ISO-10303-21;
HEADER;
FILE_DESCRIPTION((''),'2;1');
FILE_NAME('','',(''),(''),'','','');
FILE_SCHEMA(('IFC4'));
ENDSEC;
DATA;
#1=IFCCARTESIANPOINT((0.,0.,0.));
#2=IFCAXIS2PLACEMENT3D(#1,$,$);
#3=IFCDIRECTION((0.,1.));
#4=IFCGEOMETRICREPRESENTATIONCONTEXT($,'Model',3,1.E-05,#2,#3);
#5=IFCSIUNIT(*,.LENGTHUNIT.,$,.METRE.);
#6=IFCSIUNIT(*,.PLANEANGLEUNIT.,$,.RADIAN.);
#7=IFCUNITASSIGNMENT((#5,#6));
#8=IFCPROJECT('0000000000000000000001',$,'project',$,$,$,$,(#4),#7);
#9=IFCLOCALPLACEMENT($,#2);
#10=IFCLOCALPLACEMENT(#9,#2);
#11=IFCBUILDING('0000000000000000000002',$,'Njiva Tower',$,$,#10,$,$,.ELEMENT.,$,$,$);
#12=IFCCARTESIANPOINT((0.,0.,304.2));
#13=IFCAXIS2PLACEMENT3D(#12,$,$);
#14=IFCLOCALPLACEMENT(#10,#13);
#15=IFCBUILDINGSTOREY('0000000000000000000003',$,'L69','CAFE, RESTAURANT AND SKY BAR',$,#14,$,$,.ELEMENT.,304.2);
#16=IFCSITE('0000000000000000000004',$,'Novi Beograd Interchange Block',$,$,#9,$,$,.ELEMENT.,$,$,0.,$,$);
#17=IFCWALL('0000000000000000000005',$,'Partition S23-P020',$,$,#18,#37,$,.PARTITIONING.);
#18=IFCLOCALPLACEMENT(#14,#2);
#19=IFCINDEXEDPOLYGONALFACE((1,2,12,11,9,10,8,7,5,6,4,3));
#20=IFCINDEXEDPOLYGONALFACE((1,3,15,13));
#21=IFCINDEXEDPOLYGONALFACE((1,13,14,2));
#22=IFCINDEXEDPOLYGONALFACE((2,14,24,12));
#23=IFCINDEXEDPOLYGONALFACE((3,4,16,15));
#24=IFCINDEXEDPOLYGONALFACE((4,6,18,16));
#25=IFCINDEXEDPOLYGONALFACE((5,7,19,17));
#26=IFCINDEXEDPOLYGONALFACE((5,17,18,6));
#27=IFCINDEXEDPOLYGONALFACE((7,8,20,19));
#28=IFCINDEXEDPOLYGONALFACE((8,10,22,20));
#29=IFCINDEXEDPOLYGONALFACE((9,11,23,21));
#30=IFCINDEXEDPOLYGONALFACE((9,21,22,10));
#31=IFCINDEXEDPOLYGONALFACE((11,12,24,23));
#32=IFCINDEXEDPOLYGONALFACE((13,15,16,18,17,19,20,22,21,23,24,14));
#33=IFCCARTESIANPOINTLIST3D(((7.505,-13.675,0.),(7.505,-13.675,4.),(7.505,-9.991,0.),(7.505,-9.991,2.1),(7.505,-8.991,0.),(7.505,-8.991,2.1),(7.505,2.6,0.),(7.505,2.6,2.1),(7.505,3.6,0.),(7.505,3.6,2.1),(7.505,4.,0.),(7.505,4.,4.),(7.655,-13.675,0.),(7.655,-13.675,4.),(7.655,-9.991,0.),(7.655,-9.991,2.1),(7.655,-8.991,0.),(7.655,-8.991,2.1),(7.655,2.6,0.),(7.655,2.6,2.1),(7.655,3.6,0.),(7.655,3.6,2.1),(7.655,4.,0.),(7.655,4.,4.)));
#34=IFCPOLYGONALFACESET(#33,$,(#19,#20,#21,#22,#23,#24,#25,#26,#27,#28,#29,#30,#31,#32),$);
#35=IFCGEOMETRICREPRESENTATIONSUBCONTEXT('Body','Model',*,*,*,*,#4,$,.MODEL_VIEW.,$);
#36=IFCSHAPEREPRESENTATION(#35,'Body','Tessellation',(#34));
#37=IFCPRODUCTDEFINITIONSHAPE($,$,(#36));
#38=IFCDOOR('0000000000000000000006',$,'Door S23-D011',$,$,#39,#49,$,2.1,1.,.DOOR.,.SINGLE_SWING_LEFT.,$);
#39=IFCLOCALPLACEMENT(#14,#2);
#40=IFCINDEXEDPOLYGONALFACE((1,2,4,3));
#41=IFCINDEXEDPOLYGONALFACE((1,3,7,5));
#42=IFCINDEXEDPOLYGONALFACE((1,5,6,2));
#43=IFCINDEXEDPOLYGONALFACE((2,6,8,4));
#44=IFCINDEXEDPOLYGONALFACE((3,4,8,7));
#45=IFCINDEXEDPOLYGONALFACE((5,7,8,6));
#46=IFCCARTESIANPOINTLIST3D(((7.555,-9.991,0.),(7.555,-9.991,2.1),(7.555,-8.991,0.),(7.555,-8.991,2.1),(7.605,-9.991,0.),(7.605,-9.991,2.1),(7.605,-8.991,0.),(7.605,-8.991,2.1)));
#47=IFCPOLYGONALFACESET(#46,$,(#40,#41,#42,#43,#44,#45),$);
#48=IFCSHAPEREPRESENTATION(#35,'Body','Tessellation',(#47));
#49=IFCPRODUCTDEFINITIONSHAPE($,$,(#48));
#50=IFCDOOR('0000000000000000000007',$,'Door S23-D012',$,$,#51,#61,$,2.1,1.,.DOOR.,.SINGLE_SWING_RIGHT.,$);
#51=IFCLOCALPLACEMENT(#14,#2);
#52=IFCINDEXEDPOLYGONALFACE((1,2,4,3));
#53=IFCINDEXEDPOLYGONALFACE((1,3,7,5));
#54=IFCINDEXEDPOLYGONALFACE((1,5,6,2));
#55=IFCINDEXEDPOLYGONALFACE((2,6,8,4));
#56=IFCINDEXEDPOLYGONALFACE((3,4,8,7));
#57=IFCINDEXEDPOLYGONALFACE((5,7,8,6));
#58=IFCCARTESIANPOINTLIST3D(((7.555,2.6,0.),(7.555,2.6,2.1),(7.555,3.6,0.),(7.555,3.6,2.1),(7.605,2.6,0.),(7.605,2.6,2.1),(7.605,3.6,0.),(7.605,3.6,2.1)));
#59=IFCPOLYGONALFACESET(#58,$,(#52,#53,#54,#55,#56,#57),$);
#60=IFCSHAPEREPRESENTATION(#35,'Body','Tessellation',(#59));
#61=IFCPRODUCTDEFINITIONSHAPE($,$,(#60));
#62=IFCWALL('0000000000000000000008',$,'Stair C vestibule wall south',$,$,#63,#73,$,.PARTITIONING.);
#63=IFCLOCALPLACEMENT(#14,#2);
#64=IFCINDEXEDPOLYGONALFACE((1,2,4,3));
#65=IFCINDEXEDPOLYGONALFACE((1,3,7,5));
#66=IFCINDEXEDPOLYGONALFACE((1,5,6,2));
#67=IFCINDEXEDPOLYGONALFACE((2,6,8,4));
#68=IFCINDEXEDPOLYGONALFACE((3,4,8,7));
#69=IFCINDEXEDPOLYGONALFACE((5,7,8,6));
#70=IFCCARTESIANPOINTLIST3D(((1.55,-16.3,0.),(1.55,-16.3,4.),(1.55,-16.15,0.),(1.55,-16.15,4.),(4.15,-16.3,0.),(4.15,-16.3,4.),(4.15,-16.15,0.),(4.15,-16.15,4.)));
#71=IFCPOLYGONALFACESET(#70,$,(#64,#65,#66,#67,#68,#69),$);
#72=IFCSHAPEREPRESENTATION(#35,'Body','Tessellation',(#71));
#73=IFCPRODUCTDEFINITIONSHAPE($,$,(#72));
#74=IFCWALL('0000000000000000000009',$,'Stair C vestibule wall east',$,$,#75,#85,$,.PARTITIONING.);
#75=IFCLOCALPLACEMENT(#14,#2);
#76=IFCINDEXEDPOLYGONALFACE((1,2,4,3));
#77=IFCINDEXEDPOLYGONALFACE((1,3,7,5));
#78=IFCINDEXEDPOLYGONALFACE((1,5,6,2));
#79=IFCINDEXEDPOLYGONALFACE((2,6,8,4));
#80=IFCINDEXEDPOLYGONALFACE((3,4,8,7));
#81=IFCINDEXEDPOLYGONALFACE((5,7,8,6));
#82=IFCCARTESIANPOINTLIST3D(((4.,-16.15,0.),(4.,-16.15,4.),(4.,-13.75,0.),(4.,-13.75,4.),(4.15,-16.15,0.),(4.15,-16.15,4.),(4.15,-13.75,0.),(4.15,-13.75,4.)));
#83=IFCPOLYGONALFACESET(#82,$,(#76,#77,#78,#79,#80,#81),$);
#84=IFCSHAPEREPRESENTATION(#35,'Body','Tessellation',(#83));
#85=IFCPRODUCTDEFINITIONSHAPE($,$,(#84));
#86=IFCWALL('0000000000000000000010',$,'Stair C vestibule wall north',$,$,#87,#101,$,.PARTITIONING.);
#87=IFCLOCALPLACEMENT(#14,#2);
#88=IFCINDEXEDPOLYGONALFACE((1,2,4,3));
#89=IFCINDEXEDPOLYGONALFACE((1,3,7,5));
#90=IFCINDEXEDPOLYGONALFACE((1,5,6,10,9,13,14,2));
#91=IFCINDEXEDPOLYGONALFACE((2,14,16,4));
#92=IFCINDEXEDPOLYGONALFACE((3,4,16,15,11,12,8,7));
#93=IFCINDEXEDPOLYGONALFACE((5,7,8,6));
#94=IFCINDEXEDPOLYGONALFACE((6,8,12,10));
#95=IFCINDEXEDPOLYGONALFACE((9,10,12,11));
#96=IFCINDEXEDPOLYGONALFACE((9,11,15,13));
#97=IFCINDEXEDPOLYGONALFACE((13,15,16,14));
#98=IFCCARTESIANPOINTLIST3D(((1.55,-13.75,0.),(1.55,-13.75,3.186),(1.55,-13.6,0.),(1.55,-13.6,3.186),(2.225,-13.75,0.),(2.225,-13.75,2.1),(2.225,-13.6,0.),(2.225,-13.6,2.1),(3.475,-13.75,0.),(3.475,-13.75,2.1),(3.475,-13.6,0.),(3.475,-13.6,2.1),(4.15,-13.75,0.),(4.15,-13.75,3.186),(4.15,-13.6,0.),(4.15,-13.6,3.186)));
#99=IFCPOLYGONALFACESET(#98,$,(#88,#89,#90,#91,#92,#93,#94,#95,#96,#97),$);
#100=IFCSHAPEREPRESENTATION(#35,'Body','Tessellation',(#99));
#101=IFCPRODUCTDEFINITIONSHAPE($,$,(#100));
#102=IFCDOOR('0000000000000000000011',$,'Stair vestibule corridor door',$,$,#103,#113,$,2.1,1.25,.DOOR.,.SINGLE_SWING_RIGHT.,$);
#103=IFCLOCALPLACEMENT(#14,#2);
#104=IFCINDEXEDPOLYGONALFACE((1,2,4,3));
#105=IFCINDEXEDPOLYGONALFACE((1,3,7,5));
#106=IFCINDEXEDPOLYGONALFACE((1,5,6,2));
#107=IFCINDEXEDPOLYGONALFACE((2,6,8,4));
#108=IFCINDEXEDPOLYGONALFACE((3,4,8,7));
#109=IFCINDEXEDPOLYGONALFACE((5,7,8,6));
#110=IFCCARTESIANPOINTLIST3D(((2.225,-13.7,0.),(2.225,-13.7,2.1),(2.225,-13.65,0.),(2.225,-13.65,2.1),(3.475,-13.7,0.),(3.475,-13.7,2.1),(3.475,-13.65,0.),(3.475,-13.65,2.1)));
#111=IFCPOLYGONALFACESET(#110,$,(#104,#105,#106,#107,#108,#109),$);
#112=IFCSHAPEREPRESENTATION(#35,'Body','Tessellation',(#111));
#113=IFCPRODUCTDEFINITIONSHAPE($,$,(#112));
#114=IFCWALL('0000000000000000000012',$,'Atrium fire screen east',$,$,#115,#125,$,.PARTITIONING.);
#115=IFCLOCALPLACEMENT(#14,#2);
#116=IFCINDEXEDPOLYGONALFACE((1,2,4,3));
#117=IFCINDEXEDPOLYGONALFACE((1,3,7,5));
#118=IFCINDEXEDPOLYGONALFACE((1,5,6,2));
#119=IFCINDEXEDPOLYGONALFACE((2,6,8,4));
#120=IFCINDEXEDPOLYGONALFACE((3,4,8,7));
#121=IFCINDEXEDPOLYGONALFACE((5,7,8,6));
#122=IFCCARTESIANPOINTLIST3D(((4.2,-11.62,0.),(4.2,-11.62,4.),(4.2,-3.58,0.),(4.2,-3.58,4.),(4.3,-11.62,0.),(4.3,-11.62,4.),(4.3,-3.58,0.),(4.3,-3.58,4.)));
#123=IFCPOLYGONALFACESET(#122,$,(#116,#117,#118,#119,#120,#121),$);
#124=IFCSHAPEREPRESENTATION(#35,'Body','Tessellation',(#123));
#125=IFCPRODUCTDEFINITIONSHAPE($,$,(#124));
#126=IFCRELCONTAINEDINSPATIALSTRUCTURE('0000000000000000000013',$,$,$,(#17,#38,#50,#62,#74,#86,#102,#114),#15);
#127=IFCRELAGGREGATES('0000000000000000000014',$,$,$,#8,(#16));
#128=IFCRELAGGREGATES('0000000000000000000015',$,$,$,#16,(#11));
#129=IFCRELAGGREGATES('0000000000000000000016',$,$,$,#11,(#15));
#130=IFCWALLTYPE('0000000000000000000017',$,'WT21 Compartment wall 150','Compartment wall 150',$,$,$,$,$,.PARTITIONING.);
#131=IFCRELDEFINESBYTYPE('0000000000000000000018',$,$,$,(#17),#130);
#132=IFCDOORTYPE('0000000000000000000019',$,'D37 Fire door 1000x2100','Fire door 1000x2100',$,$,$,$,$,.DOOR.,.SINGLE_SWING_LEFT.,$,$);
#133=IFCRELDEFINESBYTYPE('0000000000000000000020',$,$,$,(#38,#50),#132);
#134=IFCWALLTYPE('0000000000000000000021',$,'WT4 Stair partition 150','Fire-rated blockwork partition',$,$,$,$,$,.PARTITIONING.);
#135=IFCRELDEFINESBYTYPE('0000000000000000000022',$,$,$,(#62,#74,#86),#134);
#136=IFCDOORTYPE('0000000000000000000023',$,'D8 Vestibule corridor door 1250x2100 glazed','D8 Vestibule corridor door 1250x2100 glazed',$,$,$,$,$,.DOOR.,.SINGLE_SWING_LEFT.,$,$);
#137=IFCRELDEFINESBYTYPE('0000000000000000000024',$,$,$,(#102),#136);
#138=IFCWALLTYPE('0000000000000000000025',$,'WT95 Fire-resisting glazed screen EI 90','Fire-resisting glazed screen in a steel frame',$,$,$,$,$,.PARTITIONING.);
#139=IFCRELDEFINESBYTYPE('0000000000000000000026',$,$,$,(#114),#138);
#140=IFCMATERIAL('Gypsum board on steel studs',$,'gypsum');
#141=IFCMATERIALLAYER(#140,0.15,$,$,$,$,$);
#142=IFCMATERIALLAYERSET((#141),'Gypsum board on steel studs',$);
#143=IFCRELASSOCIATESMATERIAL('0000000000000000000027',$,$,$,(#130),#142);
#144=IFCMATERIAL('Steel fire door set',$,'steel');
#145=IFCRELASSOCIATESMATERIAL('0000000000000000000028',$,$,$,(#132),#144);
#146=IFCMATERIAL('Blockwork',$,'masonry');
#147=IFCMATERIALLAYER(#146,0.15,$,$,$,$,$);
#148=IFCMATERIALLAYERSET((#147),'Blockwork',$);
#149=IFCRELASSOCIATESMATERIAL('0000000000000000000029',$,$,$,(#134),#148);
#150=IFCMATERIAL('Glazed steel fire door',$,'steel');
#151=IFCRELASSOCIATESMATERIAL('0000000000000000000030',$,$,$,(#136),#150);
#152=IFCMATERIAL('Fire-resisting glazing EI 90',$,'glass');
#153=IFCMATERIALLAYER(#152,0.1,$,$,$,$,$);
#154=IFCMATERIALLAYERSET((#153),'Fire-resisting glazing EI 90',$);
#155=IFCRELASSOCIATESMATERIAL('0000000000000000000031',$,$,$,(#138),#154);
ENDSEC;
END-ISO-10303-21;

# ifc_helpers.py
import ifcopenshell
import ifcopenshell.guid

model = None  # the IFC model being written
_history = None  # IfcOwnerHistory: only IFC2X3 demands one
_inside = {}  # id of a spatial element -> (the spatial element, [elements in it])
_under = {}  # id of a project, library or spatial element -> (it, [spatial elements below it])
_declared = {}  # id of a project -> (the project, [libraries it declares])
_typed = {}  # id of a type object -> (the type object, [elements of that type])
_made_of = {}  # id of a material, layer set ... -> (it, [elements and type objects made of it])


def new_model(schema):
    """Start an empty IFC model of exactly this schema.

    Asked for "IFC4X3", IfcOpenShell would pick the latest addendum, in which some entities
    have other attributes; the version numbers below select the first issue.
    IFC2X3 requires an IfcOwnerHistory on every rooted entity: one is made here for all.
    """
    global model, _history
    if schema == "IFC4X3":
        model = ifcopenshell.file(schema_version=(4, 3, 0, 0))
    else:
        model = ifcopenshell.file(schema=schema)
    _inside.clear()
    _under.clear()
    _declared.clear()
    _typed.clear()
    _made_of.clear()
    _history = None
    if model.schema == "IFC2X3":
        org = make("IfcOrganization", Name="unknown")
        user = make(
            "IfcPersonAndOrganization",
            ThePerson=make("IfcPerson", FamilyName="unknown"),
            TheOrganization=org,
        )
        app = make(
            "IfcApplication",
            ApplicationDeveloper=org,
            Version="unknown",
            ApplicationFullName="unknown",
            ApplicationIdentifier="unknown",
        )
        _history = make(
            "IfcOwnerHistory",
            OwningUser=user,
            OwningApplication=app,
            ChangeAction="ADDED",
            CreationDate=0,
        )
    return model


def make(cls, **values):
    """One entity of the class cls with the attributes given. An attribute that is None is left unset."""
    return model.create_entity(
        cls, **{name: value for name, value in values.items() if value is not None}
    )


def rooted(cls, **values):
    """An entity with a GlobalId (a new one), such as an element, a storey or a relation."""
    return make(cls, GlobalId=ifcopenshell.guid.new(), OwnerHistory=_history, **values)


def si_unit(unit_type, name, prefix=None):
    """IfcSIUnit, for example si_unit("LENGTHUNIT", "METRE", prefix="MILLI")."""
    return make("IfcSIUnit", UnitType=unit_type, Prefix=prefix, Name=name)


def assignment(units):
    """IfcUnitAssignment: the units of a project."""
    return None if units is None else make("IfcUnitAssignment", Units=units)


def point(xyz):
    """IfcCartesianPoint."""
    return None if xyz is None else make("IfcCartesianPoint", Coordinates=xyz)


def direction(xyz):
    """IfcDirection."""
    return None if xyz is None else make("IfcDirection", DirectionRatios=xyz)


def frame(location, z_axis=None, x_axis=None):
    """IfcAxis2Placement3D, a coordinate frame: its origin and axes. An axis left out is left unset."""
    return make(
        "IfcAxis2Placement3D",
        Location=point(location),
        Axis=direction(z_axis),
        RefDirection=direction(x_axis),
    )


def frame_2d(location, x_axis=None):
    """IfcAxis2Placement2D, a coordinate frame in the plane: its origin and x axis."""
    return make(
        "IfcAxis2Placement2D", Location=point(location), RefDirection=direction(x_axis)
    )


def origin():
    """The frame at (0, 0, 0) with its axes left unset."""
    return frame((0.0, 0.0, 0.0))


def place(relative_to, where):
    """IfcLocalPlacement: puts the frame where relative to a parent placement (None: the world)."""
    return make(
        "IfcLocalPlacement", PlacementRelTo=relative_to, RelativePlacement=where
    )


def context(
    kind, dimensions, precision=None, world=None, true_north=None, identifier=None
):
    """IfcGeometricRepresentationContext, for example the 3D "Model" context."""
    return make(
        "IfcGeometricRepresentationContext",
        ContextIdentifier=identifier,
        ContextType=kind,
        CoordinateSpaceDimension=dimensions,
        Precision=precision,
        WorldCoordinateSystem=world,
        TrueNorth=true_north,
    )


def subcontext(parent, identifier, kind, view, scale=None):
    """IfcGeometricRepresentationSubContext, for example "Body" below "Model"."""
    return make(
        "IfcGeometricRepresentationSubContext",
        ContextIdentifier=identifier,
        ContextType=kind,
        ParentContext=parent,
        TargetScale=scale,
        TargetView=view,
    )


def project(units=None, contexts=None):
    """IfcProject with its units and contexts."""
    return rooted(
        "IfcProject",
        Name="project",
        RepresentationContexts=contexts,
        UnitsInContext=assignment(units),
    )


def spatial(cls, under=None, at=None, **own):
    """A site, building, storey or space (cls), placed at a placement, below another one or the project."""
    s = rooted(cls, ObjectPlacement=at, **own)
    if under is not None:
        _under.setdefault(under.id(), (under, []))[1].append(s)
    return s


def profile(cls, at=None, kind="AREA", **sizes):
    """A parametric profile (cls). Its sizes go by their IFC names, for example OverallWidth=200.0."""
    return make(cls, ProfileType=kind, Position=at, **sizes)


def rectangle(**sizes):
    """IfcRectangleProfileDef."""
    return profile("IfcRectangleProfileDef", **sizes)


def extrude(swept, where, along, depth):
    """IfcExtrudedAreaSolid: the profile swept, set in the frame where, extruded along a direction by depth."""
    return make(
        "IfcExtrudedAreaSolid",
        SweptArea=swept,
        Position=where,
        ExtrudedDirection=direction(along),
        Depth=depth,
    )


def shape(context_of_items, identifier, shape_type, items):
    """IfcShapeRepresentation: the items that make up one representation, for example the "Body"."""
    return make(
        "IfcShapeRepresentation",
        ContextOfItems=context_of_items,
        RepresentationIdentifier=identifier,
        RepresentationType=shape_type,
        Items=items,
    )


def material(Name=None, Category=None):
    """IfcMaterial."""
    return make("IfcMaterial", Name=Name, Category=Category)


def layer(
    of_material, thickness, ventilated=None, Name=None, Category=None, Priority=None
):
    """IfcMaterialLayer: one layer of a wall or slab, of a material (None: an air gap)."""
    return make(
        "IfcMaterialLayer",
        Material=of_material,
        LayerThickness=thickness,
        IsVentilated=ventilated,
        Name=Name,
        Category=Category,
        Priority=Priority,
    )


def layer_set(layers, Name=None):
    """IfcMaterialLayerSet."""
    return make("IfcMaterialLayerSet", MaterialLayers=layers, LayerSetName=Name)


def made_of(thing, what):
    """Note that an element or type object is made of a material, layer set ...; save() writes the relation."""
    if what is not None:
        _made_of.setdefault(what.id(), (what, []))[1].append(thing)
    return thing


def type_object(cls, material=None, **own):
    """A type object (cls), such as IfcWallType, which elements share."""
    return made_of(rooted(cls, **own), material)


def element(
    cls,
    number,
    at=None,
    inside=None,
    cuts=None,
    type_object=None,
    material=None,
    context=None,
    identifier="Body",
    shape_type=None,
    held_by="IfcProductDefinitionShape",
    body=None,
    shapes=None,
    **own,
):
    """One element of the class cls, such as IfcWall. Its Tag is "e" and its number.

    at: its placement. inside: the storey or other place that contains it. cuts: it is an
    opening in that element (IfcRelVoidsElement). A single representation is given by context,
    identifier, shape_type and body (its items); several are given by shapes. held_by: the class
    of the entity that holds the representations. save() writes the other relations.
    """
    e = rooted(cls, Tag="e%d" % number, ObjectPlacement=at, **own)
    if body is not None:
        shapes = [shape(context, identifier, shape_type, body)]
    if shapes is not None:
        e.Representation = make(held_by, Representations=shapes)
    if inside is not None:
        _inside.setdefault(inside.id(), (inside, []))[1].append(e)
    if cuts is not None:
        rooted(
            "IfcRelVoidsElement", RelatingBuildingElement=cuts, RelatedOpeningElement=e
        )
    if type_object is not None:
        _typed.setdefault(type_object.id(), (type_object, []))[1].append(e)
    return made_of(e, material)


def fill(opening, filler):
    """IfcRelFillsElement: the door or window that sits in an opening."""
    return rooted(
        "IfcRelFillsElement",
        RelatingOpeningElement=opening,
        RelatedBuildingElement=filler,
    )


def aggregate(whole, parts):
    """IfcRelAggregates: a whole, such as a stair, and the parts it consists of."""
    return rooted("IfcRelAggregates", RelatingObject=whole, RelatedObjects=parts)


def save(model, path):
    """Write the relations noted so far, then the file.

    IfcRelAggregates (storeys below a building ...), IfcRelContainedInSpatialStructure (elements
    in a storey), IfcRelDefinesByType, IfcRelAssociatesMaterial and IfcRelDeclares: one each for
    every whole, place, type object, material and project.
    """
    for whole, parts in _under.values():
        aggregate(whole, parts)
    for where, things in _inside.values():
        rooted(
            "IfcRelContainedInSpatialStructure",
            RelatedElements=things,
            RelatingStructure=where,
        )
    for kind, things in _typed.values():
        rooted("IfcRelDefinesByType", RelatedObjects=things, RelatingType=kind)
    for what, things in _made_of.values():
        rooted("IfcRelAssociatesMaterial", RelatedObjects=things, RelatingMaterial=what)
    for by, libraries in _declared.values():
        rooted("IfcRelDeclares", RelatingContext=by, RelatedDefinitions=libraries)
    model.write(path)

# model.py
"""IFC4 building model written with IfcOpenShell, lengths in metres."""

from ifc_helpers import new_model, si_unit, direction, frame, frame_2d, origin, place, context, subcontext, project, spatial, rectangle, extrude, material, layer, layer_set, type_object, element, fill, save


model = new_model("IFC4")

# Units and contexts
model_context = context("Model", 3, precision=1e-05, world=origin(), true_north=direction((0.0, 1.0)))
body_context = subcontext(model_context, "Body", "Model", "MODEL_VIEW")
ifc_project = project(units=[si_unit("LENGTHUNIT", "METRE"), si_unit("PLANEANGLEUNIT", "RADIAN")], contexts=[model_context])

# Site, building, storey
site_placement = place(None, origin())
site = spatial("IfcSite", under=ifc_project, at=site_placement, Name="Novi Beograd Interchange Block", CompositionType="ELEMENT", RefElevation=0.0)
building_placement = place(site_placement, origin())
building = spatial("IfcBuilding", under=site, at=building_placement, Name="Njiva Tower", CompositionType="ELEMENT")
storey_placement = place(building_placement, frame((0.0, 0.0, 304.2)))
storey = spatial("IfcBuildingStorey", under=building, at=storey_placement, Name="L69", Description="CAFE, RESTAURANT AND SKY BAR", CompositionType="ELEMENT", Elevation=304.2)

# Shared definitions
ifc_material_1 = material(Name="Gypsum board on steel studs", Category="gypsum")
ifc_layer_1 = layer(ifc_material_1, 0.15)
ifc_layer_set_1 = layer_set([ifc_layer_1], Name="Gypsum board on steel studs")
wall_type_1 = type_object("IfcWallType", Name="WT21 Compartment wall 150", Description="Compartment wall 150", PredefinedType="PARTITIONING", material=ifc_layer_set_1)

# Wall, openings, doors
wall_1_placement = place(storey_placement, frame((7.58, -13.675, 0.0), z_axis=(0.0, 0.0, 1.0), x_axis=(0.0, 1.0, 0.0)))
wall_1 = element("IfcWall", 1, at=wall_1_placement, inside=storey, type_object=wall_type_1, Name="Partition S23-P020", PredefinedType="PARTITIONING", context=body_context, shape_type="SweptSolid", body=[
    extrude(rectangle(XDim=17.675, YDim=0.15, at=frame_2d((8.8375, 0.0))), origin(), (0.0, 0.0, 1.0), 4.0),
])
opening_1_placement = place(wall_1_placement, frame((3.684, 0.0, 0.0)))
opening_1 = element("IfcOpeningElement", 2, at=opening_1_placement, cuts=wall_1, PredefinedType="OPENING", context=body_context, shape_type="SweptSolid", body=[
    extrude(rectangle(XDim=1.0, YDim=2.1, at=frame_2d((0.5, 1.05))), frame((0.0, 0.085, 0.0), z_axis=(0.0, -1.0, 0.0), x_axis=(1.0, 0.0, 0.0)), (0.0, 0.0, 1.0), 0.17),
])
opening_2_placement = place(wall_1_placement, frame((16.275, 0.0, 0.0)))
opening_2 = element("IfcOpeningElement", 3, at=opening_2_placement, cuts=wall_1, PredefinedType="OPENING", context=body_context, shape_type="SweptSolid", body=[
    extrude(rectangle(XDim=1.0, YDim=2.1, at=frame_2d((0.5, 1.05))), frame((0.0, 0.085, 0.0), z_axis=(0.0, -1.0, 0.0), x_axis=(1.0, 0.0, 0.0)), (0.0, 0.0, 1.0), 0.17),
])
ifc_material_2 = material(Name="Steel fire door set", Category="steel")
door_type_1 = type_object("IfcDoorType", Name="D37 Fire door 1000x2100", Description="Fire door 1000x2100", OperationType="SINGLE_SWING_LEFT", PredefinedType="DOOR", material=ifc_material_2)
door_1_placement = place(opening_1_placement, origin())
door_1 = element("IfcDoor", 4, at=door_1_placement, inside=storey, type_object=door_type_1, Name="Door S23-D011", OperationType="SINGLE_SWING_LEFT", OverallHeight=2.1, OverallWidth=1.0, PredefinedType="DOOR", context=body_context, shape_type="SweptSolid", body=[
    extrude(rectangle(XDim=1.0, YDim=2.1, at=frame_2d((0.5, 1.05))), frame((0.0, 0.025, 0.0), z_axis=(0.0, -1.0, 0.0), x_axis=(1.0, 0.0, 0.0)), (0.0, 0.0, 1.0), 0.05),
])
fill(opening_1, door_1)
door_2_placement = place(opening_2_placement, origin())
door_2 = element("IfcDoor", 5, at=door_2_placement, inside=storey, type_object=door_type_1, Name="Door S23-D012", OperationType="SINGLE_SWING_RIGHT", OverallHeight=2.1, OverallWidth=1.0, PredefinedType="DOOR", context=body_context, shape_type="SweptSolid", body=[
    extrude(rectangle(XDim=1.0, YDim=2.1, at=frame_2d((0.5, 1.05))), frame((0.0, 0.025, 0.0), z_axis=(0.0, -1.0, 0.0), x_axis=(1.0, 0.0, 0.0)), (0.0, 0.0, 1.0), 0.05),
])
fill(opening_2, door_2)

# Walls
ifc_material_3 = material(Name="Blockwork", Category="masonry")
ifc_layer_2 = layer(ifc_material_3, 0.15)
ifc_layer_set_2 = layer_set([ifc_layer_2], Name="Blockwork")
wall_type_2 = type_object("IfcWallType", Name="WT4 Stair partition 150", Description="Fire-rated blockwork partition", PredefinedType="PARTITIONING", material=ifc_layer_set_2)
wall_2_placement = place(storey_placement, frame((1.55, -16.225, 0.0), z_axis=(0.0, 0.0, 1.0), x_axis=(1.0, 0.0, 0.0)))
element("IfcWall", 6, at=wall_2_placement, inside=storey, type_object=wall_type_2, Name="Stair C vestibule wall south", PredefinedType="PARTITIONING", context=body_context, shape_type="SweptSolid", body=[
    extrude(rectangle(XDim=2.6, YDim=0.15, at=frame_2d((1.3, 0.0))), origin(), (0.0, 0.0, 1.0), 4.0),
])
wall_3_placement = place(storey_placement, frame((4.075, -16.15, 0.0), z_axis=(0.0, 0.0, 1.0), x_axis=(0.0, 1.0, 0.0)))
element("IfcWall", 7, at=wall_3_placement, inside=storey, type_object=wall_type_2, Name="Stair C vestibule wall east", PredefinedType="PARTITIONING", context=body_context, shape_type="SweptSolid", body=[
    extrude(rectangle(XDim=2.4, YDim=0.15, at=frame_2d((1.2, 0.0))), origin(), (0.0, 0.0, 1.0), 4.0),
])

# Wall, opening, door
wall_4_placement = place(storey_placement, frame((1.55, -13.675, 0.0), z_axis=(0.0, 0.0, 1.0), x_axis=(1.0, 0.0, 0.0)))
wall_4 = element("IfcWall", 8, at=wall_4_placement, inside=storey, type_object=wall_type_2, Name="Stair C vestibule wall north", PredefinedType="PARTITIONING", context=body_context, shape_type="SweptSolid", body=[
    extrude(rectangle(XDim=2.6, YDim=0.15, at=frame_2d((1.3, 0.0))), origin(), (0.0, 0.0, 1.0), 3.186),
])
opening_3_placement = place(wall_4_placement, frame((0.675, 0.0, 0.0)))
opening_3 = element("IfcOpeningElement", 9, at=opening_3_placement, cuts=wall_4, PredefinedType="OPENING", context=body_context, shape_type="SweptSolid", body=[
    extrude(rectangle(XDim=1.25, YDim=2.1, at=frame_2d((0.625, 1.05))), frame((0.0, 0.085, 0.0), z_axis=(0.0, -1.0, 0.0), x_axis=(1.0, 0.0, 0.0)), (0.0, 0.0, 1.0), 0.17),
])
ifc_material_4 = material(Name="Glazed steel fire door", Category="steel")
door_type_2 = type_object("IfcDoorType", Name="D8 Vestibule corridor door 1250x2100 glazed", Description="D8 Vestibule corridor door 1250x2100 glazed", OperationType="SINGLE_SWING_LEFT", PredefinedType="DOOR", material=ifc_material_4)
door_3_placement = place(opening_3_placement, origin())
door_3 = element("IfcDoor", 10, at=door_3_placement, inside=storey, type_object=door_type_2, Name="Stair vestibule corridor door", OperationType="SINGLE_SWING_RIGHT", OverallHeight=2.1, OverallWidth=1.25, PredefinedType="DOOR", context=body_context, shape_type="SweptSolid", body=[
    extrude(rectangle(XDim=1.25, YDim=2.1, at=frame_2d((0.625, 1.05))), frame((0.0, 0.025, 0.0), z_axis=(0.0, -1.0, 0.0), x_axis=(1.0, 0.0, 0.0)), (0.0, 0.0, 1.0), 0.05),
])
fill(opening_3, door_3)

# Wall
ifc_material_5 = material(Name="Fire-resisting glazing EI 90", Category="glass")
ifc_layer_3 = layer(ifc_material_5, 0.1)
ifc_layer_set_3 = layer_set([ifc_layer_3], Name="Fire-resisting glazing EI 90")
wall_type_3 = type_object("IfcWallType", Name="WT95 Fire-resisting glazed screen EI 90", Description="Fire-resisting glazed screen in a steel frame", PredefinedType="PARTITIONING", material=ifc_layer_set_3)
wall_5_placement = place(storey_placement, frame((4.25, -11.62, 0.0), z_axis=(0.0, 0.0, 1.0), x_axis=(0.0, 1.0, 0.0)))
element("IfcWall", 11, at=wall_5_placement, inside=storey, type_object=wall_type_3, Name="Atrium fire screen east", PredefinedType="PARTITIONING", context=body_context, shape_type="SweptSolid", body=[
    extrude(rectangle(XDim=8.04, YDim=0.1, at=frame_2d((4.02, 0.0))), origin(), (0.0, 0.0, 1.0), 4.0),
])

save(model, "model.ifc")
